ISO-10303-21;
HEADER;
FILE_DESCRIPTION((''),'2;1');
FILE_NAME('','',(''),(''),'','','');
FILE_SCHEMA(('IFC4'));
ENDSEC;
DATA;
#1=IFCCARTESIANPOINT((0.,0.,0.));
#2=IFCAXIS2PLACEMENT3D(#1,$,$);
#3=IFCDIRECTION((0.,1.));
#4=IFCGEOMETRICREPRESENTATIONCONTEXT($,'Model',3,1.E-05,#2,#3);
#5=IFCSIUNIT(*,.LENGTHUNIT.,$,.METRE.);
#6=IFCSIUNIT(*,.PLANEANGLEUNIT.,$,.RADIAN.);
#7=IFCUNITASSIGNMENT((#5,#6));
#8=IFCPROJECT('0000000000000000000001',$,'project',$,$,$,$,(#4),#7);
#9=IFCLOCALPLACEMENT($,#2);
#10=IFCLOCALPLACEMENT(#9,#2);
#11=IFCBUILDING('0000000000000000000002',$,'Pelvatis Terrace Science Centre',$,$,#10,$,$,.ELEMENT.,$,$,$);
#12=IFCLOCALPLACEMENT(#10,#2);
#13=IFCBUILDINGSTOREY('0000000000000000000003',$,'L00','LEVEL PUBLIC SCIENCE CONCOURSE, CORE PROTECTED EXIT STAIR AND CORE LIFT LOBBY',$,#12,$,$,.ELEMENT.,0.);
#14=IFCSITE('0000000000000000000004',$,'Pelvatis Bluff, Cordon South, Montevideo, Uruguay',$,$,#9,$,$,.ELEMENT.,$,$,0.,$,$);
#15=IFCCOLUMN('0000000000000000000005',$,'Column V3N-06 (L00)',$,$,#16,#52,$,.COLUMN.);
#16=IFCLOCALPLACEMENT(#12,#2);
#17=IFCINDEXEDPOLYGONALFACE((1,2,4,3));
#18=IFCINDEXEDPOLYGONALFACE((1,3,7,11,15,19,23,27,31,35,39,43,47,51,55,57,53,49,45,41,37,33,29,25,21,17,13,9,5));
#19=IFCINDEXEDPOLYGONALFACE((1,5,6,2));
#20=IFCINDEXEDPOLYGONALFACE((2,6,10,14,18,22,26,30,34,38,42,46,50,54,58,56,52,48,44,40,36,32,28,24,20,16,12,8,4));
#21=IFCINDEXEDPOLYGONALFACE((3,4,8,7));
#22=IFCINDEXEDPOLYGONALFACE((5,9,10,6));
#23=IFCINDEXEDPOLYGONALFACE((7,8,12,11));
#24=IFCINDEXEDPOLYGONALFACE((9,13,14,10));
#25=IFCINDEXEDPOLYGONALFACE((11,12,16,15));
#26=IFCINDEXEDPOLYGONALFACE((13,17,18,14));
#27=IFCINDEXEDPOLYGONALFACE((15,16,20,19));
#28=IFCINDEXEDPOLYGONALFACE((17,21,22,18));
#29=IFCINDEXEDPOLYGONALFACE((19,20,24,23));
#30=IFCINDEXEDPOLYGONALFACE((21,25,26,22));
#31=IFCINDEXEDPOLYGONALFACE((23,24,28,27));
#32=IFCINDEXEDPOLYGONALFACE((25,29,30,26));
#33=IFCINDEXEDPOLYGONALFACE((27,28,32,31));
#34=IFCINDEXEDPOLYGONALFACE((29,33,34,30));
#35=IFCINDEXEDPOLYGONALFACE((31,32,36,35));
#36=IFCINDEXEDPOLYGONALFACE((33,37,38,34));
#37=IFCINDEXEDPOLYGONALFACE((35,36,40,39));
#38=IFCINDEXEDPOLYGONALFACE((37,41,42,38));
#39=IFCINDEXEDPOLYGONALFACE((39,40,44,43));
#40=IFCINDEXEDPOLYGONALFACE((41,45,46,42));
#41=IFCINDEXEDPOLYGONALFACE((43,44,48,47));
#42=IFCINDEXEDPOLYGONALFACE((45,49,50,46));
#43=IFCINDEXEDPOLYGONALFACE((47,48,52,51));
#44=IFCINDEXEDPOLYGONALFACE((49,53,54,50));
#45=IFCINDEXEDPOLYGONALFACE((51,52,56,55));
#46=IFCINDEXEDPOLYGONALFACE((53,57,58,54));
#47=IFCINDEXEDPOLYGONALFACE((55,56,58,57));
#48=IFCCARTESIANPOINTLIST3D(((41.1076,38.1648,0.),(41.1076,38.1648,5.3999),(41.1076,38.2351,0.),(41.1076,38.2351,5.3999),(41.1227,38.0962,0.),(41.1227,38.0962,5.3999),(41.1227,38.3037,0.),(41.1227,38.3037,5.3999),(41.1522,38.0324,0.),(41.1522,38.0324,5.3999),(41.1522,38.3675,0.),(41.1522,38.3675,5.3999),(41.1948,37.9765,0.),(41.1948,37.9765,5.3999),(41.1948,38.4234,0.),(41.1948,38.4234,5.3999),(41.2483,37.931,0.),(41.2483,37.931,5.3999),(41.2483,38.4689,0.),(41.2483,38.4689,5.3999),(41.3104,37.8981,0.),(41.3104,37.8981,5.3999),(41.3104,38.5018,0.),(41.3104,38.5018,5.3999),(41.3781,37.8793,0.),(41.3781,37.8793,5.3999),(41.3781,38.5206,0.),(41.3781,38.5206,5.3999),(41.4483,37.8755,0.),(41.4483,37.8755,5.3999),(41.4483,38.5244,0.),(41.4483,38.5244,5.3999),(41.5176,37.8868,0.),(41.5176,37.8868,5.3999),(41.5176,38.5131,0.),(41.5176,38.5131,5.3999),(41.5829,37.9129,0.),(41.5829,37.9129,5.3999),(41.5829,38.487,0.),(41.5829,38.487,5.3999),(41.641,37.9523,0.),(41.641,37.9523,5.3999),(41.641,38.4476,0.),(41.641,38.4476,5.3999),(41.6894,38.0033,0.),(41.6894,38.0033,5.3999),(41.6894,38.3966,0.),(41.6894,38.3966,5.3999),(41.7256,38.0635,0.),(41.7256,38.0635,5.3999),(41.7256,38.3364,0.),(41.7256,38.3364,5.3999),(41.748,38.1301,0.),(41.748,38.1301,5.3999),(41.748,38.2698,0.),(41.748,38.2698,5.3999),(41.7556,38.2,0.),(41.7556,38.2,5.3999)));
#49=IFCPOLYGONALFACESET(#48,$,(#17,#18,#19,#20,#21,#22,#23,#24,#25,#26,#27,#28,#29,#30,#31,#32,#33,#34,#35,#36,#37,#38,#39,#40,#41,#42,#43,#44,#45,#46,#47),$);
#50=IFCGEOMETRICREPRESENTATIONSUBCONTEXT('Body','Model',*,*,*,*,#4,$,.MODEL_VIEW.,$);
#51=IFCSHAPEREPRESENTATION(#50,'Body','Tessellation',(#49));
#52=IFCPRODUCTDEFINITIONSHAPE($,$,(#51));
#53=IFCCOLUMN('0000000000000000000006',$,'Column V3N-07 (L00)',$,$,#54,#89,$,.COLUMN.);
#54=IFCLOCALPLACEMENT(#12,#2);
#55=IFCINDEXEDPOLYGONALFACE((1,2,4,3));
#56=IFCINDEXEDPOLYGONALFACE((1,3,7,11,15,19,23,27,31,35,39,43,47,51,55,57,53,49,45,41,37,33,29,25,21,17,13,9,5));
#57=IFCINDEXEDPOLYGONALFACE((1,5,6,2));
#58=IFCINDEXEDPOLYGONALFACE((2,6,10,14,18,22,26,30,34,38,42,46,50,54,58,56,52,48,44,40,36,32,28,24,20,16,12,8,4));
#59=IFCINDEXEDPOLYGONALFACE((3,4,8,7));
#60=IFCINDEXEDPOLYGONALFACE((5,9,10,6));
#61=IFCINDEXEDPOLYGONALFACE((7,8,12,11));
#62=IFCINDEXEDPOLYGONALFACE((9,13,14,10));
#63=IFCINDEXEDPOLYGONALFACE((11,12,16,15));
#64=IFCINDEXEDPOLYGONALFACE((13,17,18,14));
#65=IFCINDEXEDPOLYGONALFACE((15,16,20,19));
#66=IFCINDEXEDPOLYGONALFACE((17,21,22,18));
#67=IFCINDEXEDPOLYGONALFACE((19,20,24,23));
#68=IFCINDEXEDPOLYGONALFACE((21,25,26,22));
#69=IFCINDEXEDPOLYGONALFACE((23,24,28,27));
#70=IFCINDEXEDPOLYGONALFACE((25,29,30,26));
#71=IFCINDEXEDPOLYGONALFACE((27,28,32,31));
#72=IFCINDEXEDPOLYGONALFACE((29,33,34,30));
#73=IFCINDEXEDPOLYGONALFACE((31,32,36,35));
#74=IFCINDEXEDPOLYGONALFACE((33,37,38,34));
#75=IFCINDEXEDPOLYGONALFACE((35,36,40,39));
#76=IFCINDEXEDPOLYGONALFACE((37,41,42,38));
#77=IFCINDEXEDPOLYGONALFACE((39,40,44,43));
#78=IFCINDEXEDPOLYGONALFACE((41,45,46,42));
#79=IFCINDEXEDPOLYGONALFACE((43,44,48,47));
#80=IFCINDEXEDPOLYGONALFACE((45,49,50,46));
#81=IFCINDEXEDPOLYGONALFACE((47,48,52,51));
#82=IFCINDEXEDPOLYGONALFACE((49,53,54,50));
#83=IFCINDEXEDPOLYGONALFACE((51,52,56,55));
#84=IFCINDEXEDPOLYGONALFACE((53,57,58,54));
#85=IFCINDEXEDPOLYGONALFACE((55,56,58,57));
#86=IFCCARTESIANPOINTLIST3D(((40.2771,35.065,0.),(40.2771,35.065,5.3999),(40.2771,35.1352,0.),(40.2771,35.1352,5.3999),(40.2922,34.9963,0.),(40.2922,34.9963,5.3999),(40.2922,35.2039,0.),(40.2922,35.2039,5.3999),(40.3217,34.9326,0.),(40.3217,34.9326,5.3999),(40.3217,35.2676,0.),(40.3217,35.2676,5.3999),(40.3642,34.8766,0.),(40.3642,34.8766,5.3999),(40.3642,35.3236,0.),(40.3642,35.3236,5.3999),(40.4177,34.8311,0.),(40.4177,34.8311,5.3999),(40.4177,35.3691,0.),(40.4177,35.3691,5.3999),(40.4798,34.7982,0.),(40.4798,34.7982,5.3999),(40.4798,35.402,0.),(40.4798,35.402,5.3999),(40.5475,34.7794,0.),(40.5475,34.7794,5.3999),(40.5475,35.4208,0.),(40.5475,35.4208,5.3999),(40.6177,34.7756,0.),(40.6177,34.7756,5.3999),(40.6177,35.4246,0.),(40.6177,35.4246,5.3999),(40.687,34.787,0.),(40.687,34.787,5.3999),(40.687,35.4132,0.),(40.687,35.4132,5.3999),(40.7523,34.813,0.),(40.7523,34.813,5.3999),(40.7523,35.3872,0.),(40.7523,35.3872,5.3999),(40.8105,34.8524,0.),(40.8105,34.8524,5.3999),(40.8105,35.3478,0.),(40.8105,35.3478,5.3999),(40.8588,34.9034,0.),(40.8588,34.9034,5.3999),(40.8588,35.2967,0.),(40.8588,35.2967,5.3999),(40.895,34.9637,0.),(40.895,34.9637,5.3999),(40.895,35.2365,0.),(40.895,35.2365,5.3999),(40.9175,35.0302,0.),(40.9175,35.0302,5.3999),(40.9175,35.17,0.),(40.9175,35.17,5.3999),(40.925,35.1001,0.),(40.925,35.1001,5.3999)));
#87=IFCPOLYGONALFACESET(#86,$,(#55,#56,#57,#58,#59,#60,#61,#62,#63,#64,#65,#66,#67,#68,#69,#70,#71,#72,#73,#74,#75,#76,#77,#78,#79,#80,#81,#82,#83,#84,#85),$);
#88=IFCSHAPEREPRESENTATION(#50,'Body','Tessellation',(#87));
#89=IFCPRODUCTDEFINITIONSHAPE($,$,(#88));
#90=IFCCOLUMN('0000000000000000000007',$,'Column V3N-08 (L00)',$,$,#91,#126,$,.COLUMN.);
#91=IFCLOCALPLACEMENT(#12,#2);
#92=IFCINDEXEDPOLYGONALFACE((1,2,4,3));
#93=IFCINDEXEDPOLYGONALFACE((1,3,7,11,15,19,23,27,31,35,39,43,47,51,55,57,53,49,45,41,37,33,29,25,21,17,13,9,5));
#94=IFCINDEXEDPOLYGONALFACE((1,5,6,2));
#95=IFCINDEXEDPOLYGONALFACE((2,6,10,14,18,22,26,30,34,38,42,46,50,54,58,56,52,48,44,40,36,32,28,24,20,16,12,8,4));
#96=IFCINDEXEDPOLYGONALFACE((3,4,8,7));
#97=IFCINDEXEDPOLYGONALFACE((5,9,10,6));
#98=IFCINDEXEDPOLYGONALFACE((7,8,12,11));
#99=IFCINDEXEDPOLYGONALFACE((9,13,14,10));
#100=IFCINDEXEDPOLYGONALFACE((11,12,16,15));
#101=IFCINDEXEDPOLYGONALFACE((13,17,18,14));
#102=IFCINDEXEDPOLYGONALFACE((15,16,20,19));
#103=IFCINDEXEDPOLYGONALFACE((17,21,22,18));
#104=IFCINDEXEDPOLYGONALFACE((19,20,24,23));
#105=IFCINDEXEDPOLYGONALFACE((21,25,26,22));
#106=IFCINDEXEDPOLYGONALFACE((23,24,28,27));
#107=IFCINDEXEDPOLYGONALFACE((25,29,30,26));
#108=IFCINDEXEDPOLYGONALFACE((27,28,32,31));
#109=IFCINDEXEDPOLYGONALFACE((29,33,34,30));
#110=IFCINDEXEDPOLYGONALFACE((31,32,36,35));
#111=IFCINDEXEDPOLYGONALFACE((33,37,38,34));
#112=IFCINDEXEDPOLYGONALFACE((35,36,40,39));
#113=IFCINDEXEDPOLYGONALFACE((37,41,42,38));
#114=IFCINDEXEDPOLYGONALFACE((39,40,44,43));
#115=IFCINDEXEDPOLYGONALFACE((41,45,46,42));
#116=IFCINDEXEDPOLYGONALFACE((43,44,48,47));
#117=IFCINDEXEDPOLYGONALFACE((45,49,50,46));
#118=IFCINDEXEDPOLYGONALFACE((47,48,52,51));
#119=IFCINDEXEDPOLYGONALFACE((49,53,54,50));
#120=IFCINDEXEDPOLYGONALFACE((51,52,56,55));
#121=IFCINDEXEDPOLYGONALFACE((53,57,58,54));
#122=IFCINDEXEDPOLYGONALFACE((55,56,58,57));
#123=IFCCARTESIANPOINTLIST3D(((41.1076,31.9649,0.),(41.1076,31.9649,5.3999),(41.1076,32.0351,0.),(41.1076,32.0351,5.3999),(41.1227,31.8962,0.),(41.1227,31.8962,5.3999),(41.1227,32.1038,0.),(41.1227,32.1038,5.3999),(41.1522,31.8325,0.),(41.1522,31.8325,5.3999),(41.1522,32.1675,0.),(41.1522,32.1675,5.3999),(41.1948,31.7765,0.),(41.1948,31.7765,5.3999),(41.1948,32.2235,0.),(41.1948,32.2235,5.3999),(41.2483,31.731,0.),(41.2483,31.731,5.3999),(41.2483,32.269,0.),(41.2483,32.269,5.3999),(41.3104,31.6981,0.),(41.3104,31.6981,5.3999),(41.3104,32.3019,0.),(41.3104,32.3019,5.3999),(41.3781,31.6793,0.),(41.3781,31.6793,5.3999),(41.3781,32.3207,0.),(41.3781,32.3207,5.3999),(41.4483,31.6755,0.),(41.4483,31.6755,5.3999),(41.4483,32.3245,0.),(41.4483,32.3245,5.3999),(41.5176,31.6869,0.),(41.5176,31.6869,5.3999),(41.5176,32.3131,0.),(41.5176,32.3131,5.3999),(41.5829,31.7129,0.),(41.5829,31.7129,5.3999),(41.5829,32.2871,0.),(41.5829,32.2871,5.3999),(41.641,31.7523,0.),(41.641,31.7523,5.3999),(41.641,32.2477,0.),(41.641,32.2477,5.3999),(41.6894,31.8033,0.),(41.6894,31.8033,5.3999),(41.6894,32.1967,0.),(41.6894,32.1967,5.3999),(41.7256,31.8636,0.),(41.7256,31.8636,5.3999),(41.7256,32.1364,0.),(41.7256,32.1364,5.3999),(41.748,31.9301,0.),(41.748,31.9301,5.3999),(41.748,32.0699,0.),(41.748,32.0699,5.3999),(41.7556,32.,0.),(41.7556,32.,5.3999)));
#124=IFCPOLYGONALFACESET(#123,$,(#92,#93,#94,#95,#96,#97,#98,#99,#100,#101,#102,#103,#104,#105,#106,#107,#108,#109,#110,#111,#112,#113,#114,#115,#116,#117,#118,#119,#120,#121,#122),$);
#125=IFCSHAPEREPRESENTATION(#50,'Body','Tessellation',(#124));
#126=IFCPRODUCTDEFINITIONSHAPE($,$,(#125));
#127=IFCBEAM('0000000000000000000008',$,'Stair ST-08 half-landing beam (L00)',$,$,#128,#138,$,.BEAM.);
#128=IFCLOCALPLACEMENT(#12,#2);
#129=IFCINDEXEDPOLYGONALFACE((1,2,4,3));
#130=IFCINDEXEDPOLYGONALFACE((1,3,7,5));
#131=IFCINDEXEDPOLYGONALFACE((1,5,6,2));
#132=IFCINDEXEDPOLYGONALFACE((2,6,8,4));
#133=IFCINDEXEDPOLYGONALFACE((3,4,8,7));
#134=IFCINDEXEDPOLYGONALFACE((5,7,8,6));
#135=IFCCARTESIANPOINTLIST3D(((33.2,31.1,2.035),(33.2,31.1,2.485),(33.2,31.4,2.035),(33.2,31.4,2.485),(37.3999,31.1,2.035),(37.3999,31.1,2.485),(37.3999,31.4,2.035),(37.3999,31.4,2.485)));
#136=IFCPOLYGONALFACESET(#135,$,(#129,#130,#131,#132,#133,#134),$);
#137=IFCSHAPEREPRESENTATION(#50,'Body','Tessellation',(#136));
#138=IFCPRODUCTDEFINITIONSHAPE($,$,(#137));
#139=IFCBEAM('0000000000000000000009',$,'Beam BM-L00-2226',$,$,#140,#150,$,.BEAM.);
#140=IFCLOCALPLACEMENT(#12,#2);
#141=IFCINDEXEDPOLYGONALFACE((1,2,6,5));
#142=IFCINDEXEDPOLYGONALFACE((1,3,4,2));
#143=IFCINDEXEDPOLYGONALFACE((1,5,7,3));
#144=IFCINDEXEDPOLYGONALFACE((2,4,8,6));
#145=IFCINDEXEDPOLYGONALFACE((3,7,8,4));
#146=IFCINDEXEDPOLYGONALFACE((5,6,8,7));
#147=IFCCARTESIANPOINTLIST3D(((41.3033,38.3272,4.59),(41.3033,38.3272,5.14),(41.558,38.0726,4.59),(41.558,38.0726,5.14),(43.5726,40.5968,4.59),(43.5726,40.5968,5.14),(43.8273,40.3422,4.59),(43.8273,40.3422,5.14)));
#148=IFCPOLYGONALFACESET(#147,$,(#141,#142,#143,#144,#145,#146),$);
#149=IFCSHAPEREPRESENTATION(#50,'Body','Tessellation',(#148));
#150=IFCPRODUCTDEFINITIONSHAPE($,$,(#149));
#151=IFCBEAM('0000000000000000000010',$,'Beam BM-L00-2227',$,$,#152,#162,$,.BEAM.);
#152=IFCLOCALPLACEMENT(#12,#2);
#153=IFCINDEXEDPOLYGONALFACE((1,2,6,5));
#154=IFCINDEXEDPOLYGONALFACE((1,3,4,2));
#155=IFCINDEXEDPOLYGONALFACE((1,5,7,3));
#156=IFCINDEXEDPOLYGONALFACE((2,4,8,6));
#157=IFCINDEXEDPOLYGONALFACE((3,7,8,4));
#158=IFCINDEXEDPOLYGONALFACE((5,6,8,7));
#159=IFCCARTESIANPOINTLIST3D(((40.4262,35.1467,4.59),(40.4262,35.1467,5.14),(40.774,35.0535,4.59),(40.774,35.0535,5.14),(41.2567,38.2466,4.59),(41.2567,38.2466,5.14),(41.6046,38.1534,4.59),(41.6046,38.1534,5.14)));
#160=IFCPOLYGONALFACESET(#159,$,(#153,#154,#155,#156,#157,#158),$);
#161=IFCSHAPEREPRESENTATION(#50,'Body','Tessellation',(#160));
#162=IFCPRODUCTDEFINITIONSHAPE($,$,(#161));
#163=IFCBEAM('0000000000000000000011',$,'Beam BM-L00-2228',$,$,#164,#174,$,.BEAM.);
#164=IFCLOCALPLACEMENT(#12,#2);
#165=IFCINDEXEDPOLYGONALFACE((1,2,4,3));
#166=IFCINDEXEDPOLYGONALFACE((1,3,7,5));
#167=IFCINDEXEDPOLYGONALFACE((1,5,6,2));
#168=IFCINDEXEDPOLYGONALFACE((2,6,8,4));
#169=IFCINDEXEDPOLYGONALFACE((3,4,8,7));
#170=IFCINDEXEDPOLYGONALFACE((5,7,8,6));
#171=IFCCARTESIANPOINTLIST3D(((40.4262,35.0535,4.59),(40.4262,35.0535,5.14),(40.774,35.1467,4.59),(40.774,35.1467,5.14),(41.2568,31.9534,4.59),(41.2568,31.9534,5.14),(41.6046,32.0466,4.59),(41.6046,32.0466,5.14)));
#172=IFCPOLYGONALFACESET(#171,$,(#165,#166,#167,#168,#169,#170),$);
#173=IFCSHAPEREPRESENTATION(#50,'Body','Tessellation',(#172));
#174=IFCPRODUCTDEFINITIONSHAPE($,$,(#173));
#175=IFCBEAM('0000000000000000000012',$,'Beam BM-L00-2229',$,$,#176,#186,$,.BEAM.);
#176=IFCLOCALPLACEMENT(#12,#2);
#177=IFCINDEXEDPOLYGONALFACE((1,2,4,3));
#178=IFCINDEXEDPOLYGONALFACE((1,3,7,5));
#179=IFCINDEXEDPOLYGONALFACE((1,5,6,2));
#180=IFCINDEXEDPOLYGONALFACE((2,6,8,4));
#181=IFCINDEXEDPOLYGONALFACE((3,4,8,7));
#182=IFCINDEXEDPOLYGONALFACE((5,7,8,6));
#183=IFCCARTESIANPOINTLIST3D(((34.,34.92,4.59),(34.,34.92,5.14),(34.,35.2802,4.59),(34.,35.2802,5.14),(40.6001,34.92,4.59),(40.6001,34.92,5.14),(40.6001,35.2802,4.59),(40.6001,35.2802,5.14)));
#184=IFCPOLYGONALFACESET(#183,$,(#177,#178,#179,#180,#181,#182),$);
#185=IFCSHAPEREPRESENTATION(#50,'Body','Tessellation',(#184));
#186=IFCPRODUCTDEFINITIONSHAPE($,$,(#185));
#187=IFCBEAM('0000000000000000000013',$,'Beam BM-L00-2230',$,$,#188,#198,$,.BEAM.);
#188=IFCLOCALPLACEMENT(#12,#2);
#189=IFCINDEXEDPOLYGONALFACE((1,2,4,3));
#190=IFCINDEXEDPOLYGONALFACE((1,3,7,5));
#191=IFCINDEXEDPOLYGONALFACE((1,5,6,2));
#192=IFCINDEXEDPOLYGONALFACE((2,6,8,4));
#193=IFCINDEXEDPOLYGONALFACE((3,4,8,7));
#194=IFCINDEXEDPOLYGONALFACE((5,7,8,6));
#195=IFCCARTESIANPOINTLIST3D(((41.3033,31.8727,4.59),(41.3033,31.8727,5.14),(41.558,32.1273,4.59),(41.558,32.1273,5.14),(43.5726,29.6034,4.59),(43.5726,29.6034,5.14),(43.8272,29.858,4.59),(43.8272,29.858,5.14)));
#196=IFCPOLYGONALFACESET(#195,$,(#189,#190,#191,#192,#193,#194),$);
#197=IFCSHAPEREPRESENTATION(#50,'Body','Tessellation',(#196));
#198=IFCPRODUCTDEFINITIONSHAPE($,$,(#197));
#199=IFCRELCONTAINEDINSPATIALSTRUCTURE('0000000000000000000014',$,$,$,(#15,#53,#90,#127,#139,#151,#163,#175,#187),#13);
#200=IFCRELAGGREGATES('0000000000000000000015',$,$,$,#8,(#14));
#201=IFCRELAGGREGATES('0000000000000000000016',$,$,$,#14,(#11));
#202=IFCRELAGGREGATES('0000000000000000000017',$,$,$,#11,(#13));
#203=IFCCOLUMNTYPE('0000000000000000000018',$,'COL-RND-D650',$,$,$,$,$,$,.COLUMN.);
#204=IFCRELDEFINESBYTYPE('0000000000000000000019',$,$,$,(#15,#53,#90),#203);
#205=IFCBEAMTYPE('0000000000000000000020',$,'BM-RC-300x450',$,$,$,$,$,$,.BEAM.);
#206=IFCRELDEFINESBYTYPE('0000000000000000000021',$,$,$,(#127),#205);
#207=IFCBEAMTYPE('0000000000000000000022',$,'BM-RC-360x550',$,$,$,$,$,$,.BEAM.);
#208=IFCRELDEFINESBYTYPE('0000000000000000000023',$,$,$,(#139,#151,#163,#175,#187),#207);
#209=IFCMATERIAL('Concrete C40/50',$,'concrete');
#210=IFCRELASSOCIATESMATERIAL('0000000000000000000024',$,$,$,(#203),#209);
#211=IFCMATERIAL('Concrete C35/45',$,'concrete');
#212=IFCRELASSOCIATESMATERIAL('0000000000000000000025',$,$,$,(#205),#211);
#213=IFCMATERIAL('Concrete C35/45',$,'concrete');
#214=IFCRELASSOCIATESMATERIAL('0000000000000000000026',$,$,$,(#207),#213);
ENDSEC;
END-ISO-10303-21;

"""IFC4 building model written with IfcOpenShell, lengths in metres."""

from ifc_helpers import new_model, si_unit, direction, frame, origin, origin_2d, place, context, subcontext, project, spatial, rectangle, circle, extrude, material, material_profile, profile_set, type_object, element, save


model = new_model("IFC4")

# Units and contexts
model_context = context("Model", 3, precision=1e-05, world=origin(), true_north=direction((0.0, 1.0)))
body_context = subcontext(model_context, "Body", "Model", "MODEL_VIEW")
ifc_project = project(units=[si_unit("LENGTHUNIT", "METRE"), si_unit("PLANEANGLEUNIT", "RADIAN")], contexts=[model_context])

# Site, building, storey
site_placement = place(None, origin())
site = spatial("IfcSite", under=ifc_project, at=site_placement, Name="Pelvatis Bluff, Cordon South, Montevideo, Uruguay", CompositionType="ELEMENT", RefElevation=0.0)
building_placement = place(site_placement, origin())
building = spatial("IfcBuilding", under=site, at=building_placement, Name="Pelvatis Terrace Science Centre", CompositionType="ELEMENT")
storey_placement = place(building_placement, origin())
storey = spatial("IfcBuildingStorey", under=building, at=storey_placement, Name="L00", Description="LEVEL PUBLIC SCIENCE CONCOURSE, CORE PROTECTED EXIT STAIR AND CORE LIFT LOBBY", CompositionType="ELEMENT", Elevation=0.0)

# Columns
ifc_material_1 = material(Name="Concrete C40/50", Category="concrete")
ifc_material_profile_1 = material_profile(ifc_material_1, circle(Radius=0.325, at=origin_2d()), Name="RC-RCOL D650")
ifc_profile_set_1 = profile_set([ifc_material_profile_1], Name="Concrete C40/50")
column_type_1 = type_object("IfcColumnType", Name="COL-RND-D650", PredefinedType="COLUMN", material=ifc_profile_set_1)
for number, where, z_axis, x_axis, name in (
    (1, (41.4307, 38.2, 0.0), (0.0, 0.0, 1.0), (1.0, 0.0, 0.0), "Column V3N-06 (L00)"),
    (2, (40.6001, 35.1001, 0.0), (0.0, 0.0, 1.0), (1.0, 0.0, 0.0), "Column V3N-07 (L00)"),
    (3, (41.4307, 32.0, 0.0), (0.0, 0.0, 1.0), (1.0, 0.0, 0.0), "Column V3N-08 (L00)"),
):
    element("IfcColumn", number, at=place(storey_placement, frame(where, z_axis=z_axis, x_axis=x_axis)), inside=storey, type_object=column_type_1, Name=name, PredefinedType="COLUMN", context=body_context, shape_type="SweptSolid", body=[
        extrude(circle(Radius=0.325, at=origin_2d()), origin(), (0.0, 0.0, 1.0), 5.3999),
    ])

# Beams
ifc_material_2 = material(Name="Concrete C35/45", Category="concrete")
ifc_material_profile_2 = material_profile(ifc_material_2, rectangle(XDim=0.3, YDim=0.45, at=origin_2d()), Name="RC-BM 300x450")
ifc_profile_set_2 = profile_set([ifc_material_profile_2], Name="Concrete C35/45")
beam_type_1 = type_object("IfcBeamType", Name="BM-RC-300x450", PredefinedType="BEAM", material=ifc_profile_set_2)
beam_1_placement = place(storey_placement, frame((33.2, 31.25, 2.26), z_axis=(1.0, 0.0, 0.0), x_axis=(0.0, 1.0, 0.0)))
element("IfcBeam", 4, at=beam_1_placement, inside=storey, type_object=beam_type_1, Name="Stair ST-08 half-landing beam (L00)", PredefinedType="BEAM", context=body_context, shape_type="SweptSolid", body=[
    extrude(rectangle(XDim=0.3, YDim=0.45, at=origin_2d()), origin(), (0.0, 0.0, 1.0), 4.2),
])
ifc_material_3 = material(Name="Concrete C35/45", Category="concrete")
ifc_material_profile_3 = material_profile(ifc_material_3, rectangle(XDim=0.3601, YDim=0.55, at=origin_2d()), Name="RC-BM 360x550")
ifc_profile_set_3 = profile_set([ifc_material_profile_3], Name="Concrete C35/45")
beam_type_2 = type_object("IfcBeamType", Name="BM-RC-360x550", PredefinedType="BEAM", material=ifc_profile_set_3)
beam_2_placement = place(storey_placement, frame((43.7, 40.4695, 4.865), z_axis=(-0.707069, -0.707145, 0.0), x_axis=(0.707145, -0.707069, 0.0)))
element("IfcBeam", 5, at=beam_2_placement, inside=storey, type_object=beam_type_2, Name="Beam BM-L00-2226", PredefinedType="BEAM", context=body_context, shape_type="SweptSolid", body=[
    extrude(rectangle(XDim=0.3601, YDim=0.55, at=origin_2d()), origin(), (0.0, 0.0, 1.0), 3.2095),
])
beam_3_placement = place(storey_placement, frame((41.4307, 38.2, 4.865), z_axis=(-0.258808, -0.965929, 0.0), x_axis=(0.965929, -0.258808, 0.0)))
element("IfcBeam", 6, at=beam_3_placement, inside=storey, type_object=beam_type_2, Name="Beam BM-L00-2227", PredefinedType="BEAM", context=body_context, shape_type="SweptSolid", body=[
    extrude(rectangle(XDim=0.3601, YDim=0.55, at=origin_2d()), origin(), (0.0, 0.0, 1.0), 3.2092),
])
beam_4_placement = place(storey_placement, frame((40.6001, 35.1001, 4.865), z_axis=(0.258789, -0.965934, 0.0), x_axis=(0.965934, 0.258789, 0.0)))
element("IfcBeam", 7, at=beam_4_placement, inside=storey, type_object=beam_type_2, Name="Beam BM-L00-2228", PredefinedType="BEAM", context=body_context, shape_type="SweptSolid", body=[
    extrude(rectangle(XDim=0.3601, YDim=0.55, at=origin_2d()), origin(), (0.0, 0.0, 1.0), 3.2095),
])
beam_5_placement = place(storey_placement, frame((40.6001, 35.1001, 4.865), z_axis=(-1.0, 0.0, 0.0), x_axis=(0.0, -1.0, 0.0)))
element("IfcBeam", 8, at=beam_5_placement, inside=storey, type_object=beam_type_2, Name="Beam BM-L00-2229", PredefinedType="BEAM", context=body_context, shape_type="SweptSolid", body=[
    extrude(rectangle(XDim=0.3601, YDim=0.55, at=origin_2d()), origin(), (0.0, 0.0, 1.0), 6.6001),
])
beam_6_placement = place(storey_placement, frame((41.4307, 32.0, 4.865), z_axis=(0.707107, -0.707107, 0.0), x_axis=(0.707107, 0.707107, 0.0)))
element("IfcBeam", 9, at=beam_6_placement, inside=storey, type_object=beam_type_2, Name="Beam BM-L00-2230", PredefinedType="BEAM", context=body_context, shape_type="SweptSolid", body=[
    extrude(rectangle(XDim=0.3601, YDim=0.55, at=origin_2d()), origin(), (0.0, 0.0, 1.0), 3.2092),
])

save(model, "model.ifc")
